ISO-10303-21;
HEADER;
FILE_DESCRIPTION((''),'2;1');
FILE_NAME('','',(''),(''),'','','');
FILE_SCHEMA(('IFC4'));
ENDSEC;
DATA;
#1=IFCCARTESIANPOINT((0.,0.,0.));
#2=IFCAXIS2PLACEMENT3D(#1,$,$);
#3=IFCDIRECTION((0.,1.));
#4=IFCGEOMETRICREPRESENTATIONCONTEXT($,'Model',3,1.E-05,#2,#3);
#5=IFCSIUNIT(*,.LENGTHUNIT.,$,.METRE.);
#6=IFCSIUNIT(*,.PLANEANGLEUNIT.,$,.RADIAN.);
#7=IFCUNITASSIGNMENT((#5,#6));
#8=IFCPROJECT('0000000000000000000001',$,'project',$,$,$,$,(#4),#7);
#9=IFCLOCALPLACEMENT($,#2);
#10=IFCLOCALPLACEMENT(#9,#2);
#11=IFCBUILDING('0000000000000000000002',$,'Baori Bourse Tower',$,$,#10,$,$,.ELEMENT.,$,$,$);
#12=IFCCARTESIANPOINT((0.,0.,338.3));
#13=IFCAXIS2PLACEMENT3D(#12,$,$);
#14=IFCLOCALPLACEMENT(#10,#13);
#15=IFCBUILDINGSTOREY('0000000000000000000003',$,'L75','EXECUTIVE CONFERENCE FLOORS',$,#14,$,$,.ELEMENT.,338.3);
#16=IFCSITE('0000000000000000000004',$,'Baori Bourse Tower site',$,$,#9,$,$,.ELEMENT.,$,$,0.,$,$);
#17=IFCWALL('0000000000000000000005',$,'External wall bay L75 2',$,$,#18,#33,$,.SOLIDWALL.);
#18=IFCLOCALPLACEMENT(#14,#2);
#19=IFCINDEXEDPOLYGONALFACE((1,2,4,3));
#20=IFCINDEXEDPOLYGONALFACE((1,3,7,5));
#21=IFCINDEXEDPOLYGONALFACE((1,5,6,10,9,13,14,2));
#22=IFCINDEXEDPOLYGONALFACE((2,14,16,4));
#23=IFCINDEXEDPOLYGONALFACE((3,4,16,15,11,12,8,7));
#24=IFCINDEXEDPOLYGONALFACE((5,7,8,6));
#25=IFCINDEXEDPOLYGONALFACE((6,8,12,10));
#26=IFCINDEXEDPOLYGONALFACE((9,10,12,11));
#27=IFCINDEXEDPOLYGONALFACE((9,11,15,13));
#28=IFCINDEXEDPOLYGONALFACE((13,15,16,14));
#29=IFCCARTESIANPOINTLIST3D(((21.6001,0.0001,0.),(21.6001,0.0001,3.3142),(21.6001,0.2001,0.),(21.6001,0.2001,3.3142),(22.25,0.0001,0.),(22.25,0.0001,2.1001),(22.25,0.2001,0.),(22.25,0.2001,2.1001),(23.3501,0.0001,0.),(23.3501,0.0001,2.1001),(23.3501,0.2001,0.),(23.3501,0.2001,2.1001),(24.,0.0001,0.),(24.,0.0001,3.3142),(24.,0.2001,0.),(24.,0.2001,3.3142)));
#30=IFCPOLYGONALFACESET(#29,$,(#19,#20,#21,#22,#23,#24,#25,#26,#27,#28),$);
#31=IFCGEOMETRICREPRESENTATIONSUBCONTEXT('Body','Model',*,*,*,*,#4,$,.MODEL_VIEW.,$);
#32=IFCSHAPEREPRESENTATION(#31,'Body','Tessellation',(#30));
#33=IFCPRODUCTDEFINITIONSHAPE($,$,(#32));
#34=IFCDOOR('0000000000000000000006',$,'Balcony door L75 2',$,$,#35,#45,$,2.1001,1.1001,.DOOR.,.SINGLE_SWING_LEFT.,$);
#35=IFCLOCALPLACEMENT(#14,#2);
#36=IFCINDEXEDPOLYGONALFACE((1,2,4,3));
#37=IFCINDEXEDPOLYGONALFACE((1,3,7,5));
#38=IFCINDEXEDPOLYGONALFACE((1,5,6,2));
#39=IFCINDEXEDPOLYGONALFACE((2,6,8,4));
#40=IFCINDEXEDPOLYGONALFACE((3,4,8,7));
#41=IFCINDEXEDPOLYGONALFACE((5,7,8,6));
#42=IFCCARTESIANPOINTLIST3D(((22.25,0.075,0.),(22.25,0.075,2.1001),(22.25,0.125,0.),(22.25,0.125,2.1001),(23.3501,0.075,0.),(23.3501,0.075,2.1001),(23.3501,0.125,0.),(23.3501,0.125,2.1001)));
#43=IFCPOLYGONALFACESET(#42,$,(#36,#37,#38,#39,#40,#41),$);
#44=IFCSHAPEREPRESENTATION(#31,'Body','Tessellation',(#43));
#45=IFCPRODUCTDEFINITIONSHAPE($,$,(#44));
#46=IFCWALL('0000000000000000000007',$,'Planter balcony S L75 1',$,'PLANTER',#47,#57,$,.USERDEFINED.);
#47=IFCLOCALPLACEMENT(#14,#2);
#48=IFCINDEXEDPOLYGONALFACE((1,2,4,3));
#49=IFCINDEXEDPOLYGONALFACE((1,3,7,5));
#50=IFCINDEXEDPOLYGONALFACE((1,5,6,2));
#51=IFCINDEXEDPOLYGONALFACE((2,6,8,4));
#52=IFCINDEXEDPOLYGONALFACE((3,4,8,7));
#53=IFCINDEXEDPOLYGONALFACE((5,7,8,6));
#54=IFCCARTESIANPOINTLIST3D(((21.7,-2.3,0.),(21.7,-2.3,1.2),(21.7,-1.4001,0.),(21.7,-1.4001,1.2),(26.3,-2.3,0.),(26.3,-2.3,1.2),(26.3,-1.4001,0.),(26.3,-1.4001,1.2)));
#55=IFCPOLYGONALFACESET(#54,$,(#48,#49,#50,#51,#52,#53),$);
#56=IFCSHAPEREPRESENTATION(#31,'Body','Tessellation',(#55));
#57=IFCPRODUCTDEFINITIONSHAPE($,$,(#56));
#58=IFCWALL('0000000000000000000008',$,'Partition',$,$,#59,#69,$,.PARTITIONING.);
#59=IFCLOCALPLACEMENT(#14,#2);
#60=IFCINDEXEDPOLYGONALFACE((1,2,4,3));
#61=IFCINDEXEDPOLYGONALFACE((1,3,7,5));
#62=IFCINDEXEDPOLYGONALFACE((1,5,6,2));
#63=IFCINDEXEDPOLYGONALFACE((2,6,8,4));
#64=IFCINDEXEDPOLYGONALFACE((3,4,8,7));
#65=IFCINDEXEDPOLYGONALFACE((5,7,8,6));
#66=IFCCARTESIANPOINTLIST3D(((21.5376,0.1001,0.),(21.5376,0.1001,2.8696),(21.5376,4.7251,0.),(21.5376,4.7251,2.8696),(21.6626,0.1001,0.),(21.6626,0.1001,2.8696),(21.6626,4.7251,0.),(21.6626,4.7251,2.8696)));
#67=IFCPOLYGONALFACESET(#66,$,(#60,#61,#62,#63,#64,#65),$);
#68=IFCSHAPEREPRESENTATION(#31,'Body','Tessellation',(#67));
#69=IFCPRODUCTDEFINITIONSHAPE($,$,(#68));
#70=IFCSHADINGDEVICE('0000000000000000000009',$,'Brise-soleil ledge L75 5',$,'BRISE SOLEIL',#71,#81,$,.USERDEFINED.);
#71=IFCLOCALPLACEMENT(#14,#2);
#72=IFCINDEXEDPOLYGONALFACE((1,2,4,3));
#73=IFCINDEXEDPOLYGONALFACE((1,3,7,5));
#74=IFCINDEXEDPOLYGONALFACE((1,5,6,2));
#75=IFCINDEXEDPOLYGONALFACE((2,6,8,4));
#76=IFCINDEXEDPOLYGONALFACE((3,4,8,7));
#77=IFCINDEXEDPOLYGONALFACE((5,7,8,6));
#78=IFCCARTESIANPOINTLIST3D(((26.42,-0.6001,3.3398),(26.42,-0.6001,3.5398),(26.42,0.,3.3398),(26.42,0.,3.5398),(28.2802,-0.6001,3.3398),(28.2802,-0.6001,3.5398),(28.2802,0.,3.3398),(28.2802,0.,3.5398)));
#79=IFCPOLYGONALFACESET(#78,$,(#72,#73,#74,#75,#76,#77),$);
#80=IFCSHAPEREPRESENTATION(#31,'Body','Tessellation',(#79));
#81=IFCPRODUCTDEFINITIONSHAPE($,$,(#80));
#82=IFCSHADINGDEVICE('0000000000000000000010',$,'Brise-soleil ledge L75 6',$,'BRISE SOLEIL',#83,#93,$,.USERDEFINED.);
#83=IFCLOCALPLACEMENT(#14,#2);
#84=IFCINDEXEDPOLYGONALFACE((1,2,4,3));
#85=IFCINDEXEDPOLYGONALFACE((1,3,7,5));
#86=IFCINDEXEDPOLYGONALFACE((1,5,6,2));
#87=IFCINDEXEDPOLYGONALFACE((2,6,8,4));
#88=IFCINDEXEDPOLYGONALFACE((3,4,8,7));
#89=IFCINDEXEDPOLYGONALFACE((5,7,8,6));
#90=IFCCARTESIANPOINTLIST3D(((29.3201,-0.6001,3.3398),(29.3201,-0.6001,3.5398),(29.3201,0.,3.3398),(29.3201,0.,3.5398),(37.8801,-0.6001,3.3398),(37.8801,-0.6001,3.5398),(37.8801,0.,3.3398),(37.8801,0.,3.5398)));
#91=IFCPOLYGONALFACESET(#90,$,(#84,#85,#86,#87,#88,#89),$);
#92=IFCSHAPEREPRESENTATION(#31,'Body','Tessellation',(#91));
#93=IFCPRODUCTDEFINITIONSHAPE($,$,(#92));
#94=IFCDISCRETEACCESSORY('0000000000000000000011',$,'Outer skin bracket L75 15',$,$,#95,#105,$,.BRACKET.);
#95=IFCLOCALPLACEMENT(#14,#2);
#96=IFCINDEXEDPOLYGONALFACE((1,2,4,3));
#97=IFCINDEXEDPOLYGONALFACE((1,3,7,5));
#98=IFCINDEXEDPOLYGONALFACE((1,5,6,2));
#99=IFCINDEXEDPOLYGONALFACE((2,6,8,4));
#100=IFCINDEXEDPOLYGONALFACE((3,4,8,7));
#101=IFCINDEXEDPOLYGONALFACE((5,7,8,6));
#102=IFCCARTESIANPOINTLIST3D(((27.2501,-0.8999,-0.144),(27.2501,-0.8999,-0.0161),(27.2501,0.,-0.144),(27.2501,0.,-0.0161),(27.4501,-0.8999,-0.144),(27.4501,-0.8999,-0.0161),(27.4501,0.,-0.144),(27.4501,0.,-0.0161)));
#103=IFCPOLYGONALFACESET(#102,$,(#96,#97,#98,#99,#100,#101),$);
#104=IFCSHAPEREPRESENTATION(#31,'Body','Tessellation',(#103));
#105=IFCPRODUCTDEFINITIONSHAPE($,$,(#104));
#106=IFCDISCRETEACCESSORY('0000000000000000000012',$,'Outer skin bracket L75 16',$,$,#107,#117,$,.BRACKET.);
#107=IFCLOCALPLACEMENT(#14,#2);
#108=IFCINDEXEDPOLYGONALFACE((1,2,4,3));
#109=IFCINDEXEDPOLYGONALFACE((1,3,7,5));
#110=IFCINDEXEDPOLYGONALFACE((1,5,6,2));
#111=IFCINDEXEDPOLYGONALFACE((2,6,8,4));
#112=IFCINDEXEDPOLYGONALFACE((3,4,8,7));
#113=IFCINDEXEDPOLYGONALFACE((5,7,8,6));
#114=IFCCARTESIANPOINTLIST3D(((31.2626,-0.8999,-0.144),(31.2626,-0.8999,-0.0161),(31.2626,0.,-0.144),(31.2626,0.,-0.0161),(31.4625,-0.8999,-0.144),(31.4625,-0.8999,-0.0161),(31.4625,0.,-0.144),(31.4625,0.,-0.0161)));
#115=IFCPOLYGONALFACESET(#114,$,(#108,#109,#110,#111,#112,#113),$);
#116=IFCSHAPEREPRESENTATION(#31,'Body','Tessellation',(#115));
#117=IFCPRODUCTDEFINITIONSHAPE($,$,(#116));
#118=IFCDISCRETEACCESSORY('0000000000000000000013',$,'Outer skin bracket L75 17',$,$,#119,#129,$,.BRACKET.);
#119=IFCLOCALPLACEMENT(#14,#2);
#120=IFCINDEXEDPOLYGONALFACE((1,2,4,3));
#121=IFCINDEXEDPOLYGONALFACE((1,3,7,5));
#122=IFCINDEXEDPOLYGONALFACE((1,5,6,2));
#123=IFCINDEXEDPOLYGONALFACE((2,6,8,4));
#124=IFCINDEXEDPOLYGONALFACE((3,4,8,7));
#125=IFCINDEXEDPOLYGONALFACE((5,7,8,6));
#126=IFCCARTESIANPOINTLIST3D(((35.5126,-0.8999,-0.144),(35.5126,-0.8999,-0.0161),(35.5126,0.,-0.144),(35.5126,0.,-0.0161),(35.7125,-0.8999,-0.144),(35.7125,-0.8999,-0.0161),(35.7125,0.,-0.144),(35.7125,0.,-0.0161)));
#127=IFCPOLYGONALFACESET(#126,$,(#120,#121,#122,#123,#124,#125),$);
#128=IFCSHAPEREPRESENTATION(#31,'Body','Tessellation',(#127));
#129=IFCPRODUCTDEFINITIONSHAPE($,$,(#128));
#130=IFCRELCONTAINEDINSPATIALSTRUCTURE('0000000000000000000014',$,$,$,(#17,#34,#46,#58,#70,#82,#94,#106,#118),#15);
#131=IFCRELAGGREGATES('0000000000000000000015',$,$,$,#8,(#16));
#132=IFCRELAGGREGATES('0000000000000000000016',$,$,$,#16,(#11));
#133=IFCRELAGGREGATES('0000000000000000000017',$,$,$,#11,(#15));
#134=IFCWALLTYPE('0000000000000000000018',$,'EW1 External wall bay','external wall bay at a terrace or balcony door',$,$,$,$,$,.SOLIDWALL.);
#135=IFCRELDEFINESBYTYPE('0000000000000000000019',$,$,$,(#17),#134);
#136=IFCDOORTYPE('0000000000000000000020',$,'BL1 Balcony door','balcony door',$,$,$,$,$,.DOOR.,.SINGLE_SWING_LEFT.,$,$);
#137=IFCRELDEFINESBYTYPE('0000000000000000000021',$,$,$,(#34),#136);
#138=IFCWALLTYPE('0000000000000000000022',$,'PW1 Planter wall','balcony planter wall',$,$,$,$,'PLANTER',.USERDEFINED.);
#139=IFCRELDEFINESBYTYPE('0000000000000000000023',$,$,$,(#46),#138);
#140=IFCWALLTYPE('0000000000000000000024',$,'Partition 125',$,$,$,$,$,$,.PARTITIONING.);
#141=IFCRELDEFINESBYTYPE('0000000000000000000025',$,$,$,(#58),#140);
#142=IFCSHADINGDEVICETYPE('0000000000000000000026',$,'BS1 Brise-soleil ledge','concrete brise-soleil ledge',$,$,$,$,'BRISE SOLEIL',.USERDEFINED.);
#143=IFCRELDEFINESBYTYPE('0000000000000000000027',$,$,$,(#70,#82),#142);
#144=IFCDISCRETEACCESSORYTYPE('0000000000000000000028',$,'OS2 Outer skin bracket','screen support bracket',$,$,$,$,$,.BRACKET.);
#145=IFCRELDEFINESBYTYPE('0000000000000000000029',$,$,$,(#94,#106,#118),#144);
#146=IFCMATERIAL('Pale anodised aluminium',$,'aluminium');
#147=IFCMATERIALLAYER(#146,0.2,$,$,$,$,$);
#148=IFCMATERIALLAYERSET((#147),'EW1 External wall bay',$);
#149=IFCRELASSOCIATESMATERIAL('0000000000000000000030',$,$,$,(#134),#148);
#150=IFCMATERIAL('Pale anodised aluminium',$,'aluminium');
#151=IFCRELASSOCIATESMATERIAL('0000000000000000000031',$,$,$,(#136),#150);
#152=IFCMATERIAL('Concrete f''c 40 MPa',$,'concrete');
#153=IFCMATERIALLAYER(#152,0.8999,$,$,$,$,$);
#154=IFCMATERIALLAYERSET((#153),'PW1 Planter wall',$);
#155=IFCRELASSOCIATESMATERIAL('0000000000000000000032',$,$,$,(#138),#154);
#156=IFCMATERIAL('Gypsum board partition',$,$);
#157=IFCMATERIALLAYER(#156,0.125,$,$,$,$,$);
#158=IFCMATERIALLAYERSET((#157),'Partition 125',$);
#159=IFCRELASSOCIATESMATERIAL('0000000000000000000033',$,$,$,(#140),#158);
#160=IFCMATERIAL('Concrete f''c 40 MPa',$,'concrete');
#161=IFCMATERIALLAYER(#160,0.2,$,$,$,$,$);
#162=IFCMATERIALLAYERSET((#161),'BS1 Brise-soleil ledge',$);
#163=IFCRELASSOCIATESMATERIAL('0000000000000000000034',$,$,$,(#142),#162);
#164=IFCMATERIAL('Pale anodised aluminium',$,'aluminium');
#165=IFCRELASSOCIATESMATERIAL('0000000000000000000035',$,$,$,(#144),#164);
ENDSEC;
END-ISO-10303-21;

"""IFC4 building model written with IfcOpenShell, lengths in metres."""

from ifc_helpers import new_model, si_unit, direction, frame, frame_2d, origin, origin_2d, place, context, subcontext, project, spatial, rectangle, extrude, material, layer, layer_set, type_object, element, fill, save


model = new_model("IFC4")

# Units and contexts
model_context = context("Model", 3, precision=1e-05, world=origin(), true_north=direction((0.0, 1.0)))
body_context = subcontext(model_context, "Body", "Model", "MODEL_VIEW")
ifc_project = project(units=[si_unit("LENGTHUNIT", "METRE"), si_unit("PLANEANGLEUNIT", "RADIAN")], contexts=[model_context])

# Site, building, storey
site_placement = place(None, origin())
site = spatial("IfcSite", under=ifc_project, at=site_placement, Name="Baori Bourse Tower site", CompositionType="ELEMENT", RefElevation=0.0)
building_placement = place(site_placement, origin())
building = spatial("IfcBuilding", under=site, at=building_placement, Name="Baori Bourse Tower", CompositionType="ELEMENT")
storey_placement = place(building_placement, frame((0.0, 0.0, 338.3)))
storey = spatial("IfcBuildingStorey", under=building, at=storey_placement, Name="L75", Description="EXECUTIVE CONFERENCE FLOORS", CompositionType="ELEMENT", Elevation=338.3)

# Wall, opening, door
ifc_material_1 = material(Name="Pale anodised aluminium", Category="aluminium")
ifc_layer_1 = layer(ifc_material_1, 0.2)
ifc_layer_set_1 = layer_set([ifc_layer_1], Name="EW1 External wall bay")
wall_type_1 = type_object("IfcWallType", Name="EW1 External wall bay", Description="external wall bay at a terrace or balcony door", PredefinedType="SOLIDWALL", material=ifc_layer_set_1)
wall_1_placement = place(storey_placement, frame((21.6001, 0.1001, 0.0), z_axis=(0.0, 0.0, 1.0), x_axis=(1.0, 0.0, 0.0)))
wall_1 = element("IfcWall", 1, at=wall_1_placement, inside=storey, type_object=wall_type_1, Name="External wall bay L75 2", PredefinedType="SOLIDWALL", context=body_context, shape_type="SweptSolid", body=[
    extrude(rectangle(XDim=2.3999, YDim=0.2, at=frame_2d((1.2, 0.0))), origin(), (0.0, 0.0, 1.0), 3.3142),
])
opening_placement = place(wall_1_placement, frame((0.6499, 0.0, 0.0)))
opening = element("IfcOpeningElement", 2, at=opening_placement, cuts=wall_1, PredefinedType="OPENING", context=body_context, shape_type="SweptSolid", body=[
    extrude(rectangle(XDim=1.1001, YDim=2.1001, at=frame_2d((0.55, 1.05))), frame((0.0, 0.1099, 0.0), z_axis=(0.0, -1.0, 0.0), x_axis=(1.0, 0.0, 0.0)), (0.0, 0.0, 1.0), 0.22),
])
ifc_material_2 = material(Name="Pale anodised aluminium", Category="aluminium")
door_type = type_object("IfcDoorType", Name="BL1 Balcony door", Description="balcony door", OperationType="SINGLE_SWING_LEFT", PredefinedType="DOOR", material=ifc_material_2)
door_placement = place(opening_placement, origin())
door = element("IfcDoor", 3, at=door_placement, inside=storey, type_object=door_type, Name="Balcony door L75 2", OperationType="SINGLE_SWING_LEFT", OverallHeight=2.1001, OverallWidth=1.1001, PredefinedType="DOOR", context=body_context, shape_type="SweptSolid", body=[
    extrude(rectangle(XDim=1.1001, YDim=2.1001, at=frame_2d((0.55, 1.05))), frame((0.0, 0.0249, 0.0), z_axis=(0.0, -1.0, 0.0), x_axis=(1.0, 0.0, 0.0)), (0.0, 0.0, 1.0), 0.05),
])
fill(opening, door)

# Walls
ifc_material_3 = material(Name="Concrete f'c 40 MPa", Category="concrete")
ifc_layer_2 = layer(ifc_material_3, 0.8999)
ifc_layer_set_2 = layer_set([ifc_layer_2], Name="PW1 Planter wall")
wall_type_2 = type_object("IfcWallType", Name="PW1 Planter wall", Description="balcony planter wall", ElementType="PLANTER", PredefinedType="USERDEFINED", material=ifc_layer_set_2)
wall_2_placement = place(storey_placement, frame((21.7, -1.8501, 0.0), z_axis=(0.0, 0.0, 1.0), x_axis=(1.0, 0.0, 0.0)))
element("IfcWall", 4, at=wall_2_placement, inside=storey, type_object=wall_type_2, Name="Planter balcony S L75 1", ObjectType="PLANTER", PredefinedType="USERDEFINED", context=body_context, shape_type="SweptSolid", body=[
    extrude(rectangle(XDim=4.6001, YDim=0.8999, at=frame_2d((2.3, 0.0))), origin(), (0.0, 0.0, 1.0), 1.2),
])
ifc_material_4 = material(Name="Gypsum board partition")
ifc_layer_3 = layer(ifc_material_4, 0.125)
ifc_layer_set_3 = layer_set([ifc_layer_3], Name="Partition 125")
wall_type_3 = type_object("IfcWallType", Name="Partition 125", PredefinedType="PARTITIONING", material=ifc_layer_set_3)
wall_3_placement = place(storey_placement, frame((21.6001, 0.1001, 0.0), z_axis=(0.0, 0.0, 1.0), x_axis=(0.0, 1.0, 0.0)))
element("IfcWall", 5, at=wall_3_placement, inside=storey, type_object=wall_type_3, Name="Partition", PredefinedType="PARTITIONING", context=body_context, shape_type="SweptSolid", body=[
    extrude(rectangle(XDim=4.625, YDim=0.125, at=frame_2d((2.3125, 0.0))), origin(), (0.0, 0.0, 1.0), 2.8696),
])

# Shading devices
ifc_material_5 = material(Name="Concrete f'c 40 MPa", Category="concrete")
ifc_layer_4 = layer(ifc_material_5, 0.2)
ifc_layer_set_4 = layer_set([ifc_layer_4], Name="BS1 Brise-soleil ledge")
shading_device_type = type_object("IfcShadingDeviceType", Name="BS1 Brise-soleil ledge", Description="concrete brise-soleil ledge", ElementType="BRISE SOLEIL", PredefinedType="USERDEFINED", material=ifc_layer_set_4)
shading_device_1_placement = place(storey_placement, frame((27.3501, -0.3, 3.3398), z_axis=(0.0, 0.0, 1.0), x_axis=(1.0, 0.0, 0.0)))
element("IfcShadingDevice", 6, at=shading_device_1_placement, inside=storey, type_object=shading_device_type, Name="Brise-soleil ledge L75 5", ObjectType="BRISE SOLEIL", PredefinedType="USERDEFINED", context=body_context, shape_type="SweptSolid", body=[
    extrude(rectangle(XDim=1.8601, YDim=0.6001, at=origin_2d()), origin(), (0.0, 0.0, 1.0), 0.2),
])
shading_device_2_placement = place(storey_placement, frame((33.6001, -0.3, 3.3398), z_axis=(0.0, 0.0, 1.0), x_axis=(1.0, 0.0, 0.0)))
element("IfcShadingDevice", 7, at=shading_device_2_placement, inside=storey, type_object=shading_device_type, Name="Brise-soleil ledge L75 6", ObjectType="BRISE SOLEIL", PredefinedType="USERDEFINED", context=body_context, shape_type="SweptSolid", body=[
    extrude(rectangle(XDim=8.5601, YDim=0.6001, at=origin_2d()), origin(), (0.0, 0.0, 1.0), 0.2),
])

# Discrete accessories
ifc_material_6 = material(Name="Pale anodised aluminium", Category="aluminium")
discrete_accessory_type = type_object("IfcDiscreteAccessoryType", Name="OS2 Outer skin bracket", Description="screen support bracket", PredefinedType="BRACKET", material=ifc_material_6)
for number, where, z_axis, x_axis, name in (
    (8, (27.3501, -0.45, -0.144), (0.0, 0.0, 1.0), (1.0, 0.0, 0.0), "Outer skin bracket L75 15"),
    (9, (31.3625, -0.45, -0.144), (0.0, 0.0, 1.0), (1.0, 0.0, 0.0), "Outer skin bracket L75 16"),
    (10, (35.6125, -0.45, -0.144), (0.0, 0.0, 1.0), (1.0, 0.0, 0.0), "Outer skin bracket L75 17"),
):
    element("IfcDiscreteAccessory", number, at=place(storey_placement, frame(where, z_axis=z_axis, x_axis=x_axis)), inside=storey, type_object=discrete_accessory_type, Name=name, PredefinedType="BRACKET", context=body_context, shape_type="SweptSolid", body=[
        extrude(rectangle(XDim=0.2, YDim=0.8999, at=origin_2d()), origin(), (0.0, 0.0, 1.0), 0.1279),
    ])

save(model, "model.ifc")
